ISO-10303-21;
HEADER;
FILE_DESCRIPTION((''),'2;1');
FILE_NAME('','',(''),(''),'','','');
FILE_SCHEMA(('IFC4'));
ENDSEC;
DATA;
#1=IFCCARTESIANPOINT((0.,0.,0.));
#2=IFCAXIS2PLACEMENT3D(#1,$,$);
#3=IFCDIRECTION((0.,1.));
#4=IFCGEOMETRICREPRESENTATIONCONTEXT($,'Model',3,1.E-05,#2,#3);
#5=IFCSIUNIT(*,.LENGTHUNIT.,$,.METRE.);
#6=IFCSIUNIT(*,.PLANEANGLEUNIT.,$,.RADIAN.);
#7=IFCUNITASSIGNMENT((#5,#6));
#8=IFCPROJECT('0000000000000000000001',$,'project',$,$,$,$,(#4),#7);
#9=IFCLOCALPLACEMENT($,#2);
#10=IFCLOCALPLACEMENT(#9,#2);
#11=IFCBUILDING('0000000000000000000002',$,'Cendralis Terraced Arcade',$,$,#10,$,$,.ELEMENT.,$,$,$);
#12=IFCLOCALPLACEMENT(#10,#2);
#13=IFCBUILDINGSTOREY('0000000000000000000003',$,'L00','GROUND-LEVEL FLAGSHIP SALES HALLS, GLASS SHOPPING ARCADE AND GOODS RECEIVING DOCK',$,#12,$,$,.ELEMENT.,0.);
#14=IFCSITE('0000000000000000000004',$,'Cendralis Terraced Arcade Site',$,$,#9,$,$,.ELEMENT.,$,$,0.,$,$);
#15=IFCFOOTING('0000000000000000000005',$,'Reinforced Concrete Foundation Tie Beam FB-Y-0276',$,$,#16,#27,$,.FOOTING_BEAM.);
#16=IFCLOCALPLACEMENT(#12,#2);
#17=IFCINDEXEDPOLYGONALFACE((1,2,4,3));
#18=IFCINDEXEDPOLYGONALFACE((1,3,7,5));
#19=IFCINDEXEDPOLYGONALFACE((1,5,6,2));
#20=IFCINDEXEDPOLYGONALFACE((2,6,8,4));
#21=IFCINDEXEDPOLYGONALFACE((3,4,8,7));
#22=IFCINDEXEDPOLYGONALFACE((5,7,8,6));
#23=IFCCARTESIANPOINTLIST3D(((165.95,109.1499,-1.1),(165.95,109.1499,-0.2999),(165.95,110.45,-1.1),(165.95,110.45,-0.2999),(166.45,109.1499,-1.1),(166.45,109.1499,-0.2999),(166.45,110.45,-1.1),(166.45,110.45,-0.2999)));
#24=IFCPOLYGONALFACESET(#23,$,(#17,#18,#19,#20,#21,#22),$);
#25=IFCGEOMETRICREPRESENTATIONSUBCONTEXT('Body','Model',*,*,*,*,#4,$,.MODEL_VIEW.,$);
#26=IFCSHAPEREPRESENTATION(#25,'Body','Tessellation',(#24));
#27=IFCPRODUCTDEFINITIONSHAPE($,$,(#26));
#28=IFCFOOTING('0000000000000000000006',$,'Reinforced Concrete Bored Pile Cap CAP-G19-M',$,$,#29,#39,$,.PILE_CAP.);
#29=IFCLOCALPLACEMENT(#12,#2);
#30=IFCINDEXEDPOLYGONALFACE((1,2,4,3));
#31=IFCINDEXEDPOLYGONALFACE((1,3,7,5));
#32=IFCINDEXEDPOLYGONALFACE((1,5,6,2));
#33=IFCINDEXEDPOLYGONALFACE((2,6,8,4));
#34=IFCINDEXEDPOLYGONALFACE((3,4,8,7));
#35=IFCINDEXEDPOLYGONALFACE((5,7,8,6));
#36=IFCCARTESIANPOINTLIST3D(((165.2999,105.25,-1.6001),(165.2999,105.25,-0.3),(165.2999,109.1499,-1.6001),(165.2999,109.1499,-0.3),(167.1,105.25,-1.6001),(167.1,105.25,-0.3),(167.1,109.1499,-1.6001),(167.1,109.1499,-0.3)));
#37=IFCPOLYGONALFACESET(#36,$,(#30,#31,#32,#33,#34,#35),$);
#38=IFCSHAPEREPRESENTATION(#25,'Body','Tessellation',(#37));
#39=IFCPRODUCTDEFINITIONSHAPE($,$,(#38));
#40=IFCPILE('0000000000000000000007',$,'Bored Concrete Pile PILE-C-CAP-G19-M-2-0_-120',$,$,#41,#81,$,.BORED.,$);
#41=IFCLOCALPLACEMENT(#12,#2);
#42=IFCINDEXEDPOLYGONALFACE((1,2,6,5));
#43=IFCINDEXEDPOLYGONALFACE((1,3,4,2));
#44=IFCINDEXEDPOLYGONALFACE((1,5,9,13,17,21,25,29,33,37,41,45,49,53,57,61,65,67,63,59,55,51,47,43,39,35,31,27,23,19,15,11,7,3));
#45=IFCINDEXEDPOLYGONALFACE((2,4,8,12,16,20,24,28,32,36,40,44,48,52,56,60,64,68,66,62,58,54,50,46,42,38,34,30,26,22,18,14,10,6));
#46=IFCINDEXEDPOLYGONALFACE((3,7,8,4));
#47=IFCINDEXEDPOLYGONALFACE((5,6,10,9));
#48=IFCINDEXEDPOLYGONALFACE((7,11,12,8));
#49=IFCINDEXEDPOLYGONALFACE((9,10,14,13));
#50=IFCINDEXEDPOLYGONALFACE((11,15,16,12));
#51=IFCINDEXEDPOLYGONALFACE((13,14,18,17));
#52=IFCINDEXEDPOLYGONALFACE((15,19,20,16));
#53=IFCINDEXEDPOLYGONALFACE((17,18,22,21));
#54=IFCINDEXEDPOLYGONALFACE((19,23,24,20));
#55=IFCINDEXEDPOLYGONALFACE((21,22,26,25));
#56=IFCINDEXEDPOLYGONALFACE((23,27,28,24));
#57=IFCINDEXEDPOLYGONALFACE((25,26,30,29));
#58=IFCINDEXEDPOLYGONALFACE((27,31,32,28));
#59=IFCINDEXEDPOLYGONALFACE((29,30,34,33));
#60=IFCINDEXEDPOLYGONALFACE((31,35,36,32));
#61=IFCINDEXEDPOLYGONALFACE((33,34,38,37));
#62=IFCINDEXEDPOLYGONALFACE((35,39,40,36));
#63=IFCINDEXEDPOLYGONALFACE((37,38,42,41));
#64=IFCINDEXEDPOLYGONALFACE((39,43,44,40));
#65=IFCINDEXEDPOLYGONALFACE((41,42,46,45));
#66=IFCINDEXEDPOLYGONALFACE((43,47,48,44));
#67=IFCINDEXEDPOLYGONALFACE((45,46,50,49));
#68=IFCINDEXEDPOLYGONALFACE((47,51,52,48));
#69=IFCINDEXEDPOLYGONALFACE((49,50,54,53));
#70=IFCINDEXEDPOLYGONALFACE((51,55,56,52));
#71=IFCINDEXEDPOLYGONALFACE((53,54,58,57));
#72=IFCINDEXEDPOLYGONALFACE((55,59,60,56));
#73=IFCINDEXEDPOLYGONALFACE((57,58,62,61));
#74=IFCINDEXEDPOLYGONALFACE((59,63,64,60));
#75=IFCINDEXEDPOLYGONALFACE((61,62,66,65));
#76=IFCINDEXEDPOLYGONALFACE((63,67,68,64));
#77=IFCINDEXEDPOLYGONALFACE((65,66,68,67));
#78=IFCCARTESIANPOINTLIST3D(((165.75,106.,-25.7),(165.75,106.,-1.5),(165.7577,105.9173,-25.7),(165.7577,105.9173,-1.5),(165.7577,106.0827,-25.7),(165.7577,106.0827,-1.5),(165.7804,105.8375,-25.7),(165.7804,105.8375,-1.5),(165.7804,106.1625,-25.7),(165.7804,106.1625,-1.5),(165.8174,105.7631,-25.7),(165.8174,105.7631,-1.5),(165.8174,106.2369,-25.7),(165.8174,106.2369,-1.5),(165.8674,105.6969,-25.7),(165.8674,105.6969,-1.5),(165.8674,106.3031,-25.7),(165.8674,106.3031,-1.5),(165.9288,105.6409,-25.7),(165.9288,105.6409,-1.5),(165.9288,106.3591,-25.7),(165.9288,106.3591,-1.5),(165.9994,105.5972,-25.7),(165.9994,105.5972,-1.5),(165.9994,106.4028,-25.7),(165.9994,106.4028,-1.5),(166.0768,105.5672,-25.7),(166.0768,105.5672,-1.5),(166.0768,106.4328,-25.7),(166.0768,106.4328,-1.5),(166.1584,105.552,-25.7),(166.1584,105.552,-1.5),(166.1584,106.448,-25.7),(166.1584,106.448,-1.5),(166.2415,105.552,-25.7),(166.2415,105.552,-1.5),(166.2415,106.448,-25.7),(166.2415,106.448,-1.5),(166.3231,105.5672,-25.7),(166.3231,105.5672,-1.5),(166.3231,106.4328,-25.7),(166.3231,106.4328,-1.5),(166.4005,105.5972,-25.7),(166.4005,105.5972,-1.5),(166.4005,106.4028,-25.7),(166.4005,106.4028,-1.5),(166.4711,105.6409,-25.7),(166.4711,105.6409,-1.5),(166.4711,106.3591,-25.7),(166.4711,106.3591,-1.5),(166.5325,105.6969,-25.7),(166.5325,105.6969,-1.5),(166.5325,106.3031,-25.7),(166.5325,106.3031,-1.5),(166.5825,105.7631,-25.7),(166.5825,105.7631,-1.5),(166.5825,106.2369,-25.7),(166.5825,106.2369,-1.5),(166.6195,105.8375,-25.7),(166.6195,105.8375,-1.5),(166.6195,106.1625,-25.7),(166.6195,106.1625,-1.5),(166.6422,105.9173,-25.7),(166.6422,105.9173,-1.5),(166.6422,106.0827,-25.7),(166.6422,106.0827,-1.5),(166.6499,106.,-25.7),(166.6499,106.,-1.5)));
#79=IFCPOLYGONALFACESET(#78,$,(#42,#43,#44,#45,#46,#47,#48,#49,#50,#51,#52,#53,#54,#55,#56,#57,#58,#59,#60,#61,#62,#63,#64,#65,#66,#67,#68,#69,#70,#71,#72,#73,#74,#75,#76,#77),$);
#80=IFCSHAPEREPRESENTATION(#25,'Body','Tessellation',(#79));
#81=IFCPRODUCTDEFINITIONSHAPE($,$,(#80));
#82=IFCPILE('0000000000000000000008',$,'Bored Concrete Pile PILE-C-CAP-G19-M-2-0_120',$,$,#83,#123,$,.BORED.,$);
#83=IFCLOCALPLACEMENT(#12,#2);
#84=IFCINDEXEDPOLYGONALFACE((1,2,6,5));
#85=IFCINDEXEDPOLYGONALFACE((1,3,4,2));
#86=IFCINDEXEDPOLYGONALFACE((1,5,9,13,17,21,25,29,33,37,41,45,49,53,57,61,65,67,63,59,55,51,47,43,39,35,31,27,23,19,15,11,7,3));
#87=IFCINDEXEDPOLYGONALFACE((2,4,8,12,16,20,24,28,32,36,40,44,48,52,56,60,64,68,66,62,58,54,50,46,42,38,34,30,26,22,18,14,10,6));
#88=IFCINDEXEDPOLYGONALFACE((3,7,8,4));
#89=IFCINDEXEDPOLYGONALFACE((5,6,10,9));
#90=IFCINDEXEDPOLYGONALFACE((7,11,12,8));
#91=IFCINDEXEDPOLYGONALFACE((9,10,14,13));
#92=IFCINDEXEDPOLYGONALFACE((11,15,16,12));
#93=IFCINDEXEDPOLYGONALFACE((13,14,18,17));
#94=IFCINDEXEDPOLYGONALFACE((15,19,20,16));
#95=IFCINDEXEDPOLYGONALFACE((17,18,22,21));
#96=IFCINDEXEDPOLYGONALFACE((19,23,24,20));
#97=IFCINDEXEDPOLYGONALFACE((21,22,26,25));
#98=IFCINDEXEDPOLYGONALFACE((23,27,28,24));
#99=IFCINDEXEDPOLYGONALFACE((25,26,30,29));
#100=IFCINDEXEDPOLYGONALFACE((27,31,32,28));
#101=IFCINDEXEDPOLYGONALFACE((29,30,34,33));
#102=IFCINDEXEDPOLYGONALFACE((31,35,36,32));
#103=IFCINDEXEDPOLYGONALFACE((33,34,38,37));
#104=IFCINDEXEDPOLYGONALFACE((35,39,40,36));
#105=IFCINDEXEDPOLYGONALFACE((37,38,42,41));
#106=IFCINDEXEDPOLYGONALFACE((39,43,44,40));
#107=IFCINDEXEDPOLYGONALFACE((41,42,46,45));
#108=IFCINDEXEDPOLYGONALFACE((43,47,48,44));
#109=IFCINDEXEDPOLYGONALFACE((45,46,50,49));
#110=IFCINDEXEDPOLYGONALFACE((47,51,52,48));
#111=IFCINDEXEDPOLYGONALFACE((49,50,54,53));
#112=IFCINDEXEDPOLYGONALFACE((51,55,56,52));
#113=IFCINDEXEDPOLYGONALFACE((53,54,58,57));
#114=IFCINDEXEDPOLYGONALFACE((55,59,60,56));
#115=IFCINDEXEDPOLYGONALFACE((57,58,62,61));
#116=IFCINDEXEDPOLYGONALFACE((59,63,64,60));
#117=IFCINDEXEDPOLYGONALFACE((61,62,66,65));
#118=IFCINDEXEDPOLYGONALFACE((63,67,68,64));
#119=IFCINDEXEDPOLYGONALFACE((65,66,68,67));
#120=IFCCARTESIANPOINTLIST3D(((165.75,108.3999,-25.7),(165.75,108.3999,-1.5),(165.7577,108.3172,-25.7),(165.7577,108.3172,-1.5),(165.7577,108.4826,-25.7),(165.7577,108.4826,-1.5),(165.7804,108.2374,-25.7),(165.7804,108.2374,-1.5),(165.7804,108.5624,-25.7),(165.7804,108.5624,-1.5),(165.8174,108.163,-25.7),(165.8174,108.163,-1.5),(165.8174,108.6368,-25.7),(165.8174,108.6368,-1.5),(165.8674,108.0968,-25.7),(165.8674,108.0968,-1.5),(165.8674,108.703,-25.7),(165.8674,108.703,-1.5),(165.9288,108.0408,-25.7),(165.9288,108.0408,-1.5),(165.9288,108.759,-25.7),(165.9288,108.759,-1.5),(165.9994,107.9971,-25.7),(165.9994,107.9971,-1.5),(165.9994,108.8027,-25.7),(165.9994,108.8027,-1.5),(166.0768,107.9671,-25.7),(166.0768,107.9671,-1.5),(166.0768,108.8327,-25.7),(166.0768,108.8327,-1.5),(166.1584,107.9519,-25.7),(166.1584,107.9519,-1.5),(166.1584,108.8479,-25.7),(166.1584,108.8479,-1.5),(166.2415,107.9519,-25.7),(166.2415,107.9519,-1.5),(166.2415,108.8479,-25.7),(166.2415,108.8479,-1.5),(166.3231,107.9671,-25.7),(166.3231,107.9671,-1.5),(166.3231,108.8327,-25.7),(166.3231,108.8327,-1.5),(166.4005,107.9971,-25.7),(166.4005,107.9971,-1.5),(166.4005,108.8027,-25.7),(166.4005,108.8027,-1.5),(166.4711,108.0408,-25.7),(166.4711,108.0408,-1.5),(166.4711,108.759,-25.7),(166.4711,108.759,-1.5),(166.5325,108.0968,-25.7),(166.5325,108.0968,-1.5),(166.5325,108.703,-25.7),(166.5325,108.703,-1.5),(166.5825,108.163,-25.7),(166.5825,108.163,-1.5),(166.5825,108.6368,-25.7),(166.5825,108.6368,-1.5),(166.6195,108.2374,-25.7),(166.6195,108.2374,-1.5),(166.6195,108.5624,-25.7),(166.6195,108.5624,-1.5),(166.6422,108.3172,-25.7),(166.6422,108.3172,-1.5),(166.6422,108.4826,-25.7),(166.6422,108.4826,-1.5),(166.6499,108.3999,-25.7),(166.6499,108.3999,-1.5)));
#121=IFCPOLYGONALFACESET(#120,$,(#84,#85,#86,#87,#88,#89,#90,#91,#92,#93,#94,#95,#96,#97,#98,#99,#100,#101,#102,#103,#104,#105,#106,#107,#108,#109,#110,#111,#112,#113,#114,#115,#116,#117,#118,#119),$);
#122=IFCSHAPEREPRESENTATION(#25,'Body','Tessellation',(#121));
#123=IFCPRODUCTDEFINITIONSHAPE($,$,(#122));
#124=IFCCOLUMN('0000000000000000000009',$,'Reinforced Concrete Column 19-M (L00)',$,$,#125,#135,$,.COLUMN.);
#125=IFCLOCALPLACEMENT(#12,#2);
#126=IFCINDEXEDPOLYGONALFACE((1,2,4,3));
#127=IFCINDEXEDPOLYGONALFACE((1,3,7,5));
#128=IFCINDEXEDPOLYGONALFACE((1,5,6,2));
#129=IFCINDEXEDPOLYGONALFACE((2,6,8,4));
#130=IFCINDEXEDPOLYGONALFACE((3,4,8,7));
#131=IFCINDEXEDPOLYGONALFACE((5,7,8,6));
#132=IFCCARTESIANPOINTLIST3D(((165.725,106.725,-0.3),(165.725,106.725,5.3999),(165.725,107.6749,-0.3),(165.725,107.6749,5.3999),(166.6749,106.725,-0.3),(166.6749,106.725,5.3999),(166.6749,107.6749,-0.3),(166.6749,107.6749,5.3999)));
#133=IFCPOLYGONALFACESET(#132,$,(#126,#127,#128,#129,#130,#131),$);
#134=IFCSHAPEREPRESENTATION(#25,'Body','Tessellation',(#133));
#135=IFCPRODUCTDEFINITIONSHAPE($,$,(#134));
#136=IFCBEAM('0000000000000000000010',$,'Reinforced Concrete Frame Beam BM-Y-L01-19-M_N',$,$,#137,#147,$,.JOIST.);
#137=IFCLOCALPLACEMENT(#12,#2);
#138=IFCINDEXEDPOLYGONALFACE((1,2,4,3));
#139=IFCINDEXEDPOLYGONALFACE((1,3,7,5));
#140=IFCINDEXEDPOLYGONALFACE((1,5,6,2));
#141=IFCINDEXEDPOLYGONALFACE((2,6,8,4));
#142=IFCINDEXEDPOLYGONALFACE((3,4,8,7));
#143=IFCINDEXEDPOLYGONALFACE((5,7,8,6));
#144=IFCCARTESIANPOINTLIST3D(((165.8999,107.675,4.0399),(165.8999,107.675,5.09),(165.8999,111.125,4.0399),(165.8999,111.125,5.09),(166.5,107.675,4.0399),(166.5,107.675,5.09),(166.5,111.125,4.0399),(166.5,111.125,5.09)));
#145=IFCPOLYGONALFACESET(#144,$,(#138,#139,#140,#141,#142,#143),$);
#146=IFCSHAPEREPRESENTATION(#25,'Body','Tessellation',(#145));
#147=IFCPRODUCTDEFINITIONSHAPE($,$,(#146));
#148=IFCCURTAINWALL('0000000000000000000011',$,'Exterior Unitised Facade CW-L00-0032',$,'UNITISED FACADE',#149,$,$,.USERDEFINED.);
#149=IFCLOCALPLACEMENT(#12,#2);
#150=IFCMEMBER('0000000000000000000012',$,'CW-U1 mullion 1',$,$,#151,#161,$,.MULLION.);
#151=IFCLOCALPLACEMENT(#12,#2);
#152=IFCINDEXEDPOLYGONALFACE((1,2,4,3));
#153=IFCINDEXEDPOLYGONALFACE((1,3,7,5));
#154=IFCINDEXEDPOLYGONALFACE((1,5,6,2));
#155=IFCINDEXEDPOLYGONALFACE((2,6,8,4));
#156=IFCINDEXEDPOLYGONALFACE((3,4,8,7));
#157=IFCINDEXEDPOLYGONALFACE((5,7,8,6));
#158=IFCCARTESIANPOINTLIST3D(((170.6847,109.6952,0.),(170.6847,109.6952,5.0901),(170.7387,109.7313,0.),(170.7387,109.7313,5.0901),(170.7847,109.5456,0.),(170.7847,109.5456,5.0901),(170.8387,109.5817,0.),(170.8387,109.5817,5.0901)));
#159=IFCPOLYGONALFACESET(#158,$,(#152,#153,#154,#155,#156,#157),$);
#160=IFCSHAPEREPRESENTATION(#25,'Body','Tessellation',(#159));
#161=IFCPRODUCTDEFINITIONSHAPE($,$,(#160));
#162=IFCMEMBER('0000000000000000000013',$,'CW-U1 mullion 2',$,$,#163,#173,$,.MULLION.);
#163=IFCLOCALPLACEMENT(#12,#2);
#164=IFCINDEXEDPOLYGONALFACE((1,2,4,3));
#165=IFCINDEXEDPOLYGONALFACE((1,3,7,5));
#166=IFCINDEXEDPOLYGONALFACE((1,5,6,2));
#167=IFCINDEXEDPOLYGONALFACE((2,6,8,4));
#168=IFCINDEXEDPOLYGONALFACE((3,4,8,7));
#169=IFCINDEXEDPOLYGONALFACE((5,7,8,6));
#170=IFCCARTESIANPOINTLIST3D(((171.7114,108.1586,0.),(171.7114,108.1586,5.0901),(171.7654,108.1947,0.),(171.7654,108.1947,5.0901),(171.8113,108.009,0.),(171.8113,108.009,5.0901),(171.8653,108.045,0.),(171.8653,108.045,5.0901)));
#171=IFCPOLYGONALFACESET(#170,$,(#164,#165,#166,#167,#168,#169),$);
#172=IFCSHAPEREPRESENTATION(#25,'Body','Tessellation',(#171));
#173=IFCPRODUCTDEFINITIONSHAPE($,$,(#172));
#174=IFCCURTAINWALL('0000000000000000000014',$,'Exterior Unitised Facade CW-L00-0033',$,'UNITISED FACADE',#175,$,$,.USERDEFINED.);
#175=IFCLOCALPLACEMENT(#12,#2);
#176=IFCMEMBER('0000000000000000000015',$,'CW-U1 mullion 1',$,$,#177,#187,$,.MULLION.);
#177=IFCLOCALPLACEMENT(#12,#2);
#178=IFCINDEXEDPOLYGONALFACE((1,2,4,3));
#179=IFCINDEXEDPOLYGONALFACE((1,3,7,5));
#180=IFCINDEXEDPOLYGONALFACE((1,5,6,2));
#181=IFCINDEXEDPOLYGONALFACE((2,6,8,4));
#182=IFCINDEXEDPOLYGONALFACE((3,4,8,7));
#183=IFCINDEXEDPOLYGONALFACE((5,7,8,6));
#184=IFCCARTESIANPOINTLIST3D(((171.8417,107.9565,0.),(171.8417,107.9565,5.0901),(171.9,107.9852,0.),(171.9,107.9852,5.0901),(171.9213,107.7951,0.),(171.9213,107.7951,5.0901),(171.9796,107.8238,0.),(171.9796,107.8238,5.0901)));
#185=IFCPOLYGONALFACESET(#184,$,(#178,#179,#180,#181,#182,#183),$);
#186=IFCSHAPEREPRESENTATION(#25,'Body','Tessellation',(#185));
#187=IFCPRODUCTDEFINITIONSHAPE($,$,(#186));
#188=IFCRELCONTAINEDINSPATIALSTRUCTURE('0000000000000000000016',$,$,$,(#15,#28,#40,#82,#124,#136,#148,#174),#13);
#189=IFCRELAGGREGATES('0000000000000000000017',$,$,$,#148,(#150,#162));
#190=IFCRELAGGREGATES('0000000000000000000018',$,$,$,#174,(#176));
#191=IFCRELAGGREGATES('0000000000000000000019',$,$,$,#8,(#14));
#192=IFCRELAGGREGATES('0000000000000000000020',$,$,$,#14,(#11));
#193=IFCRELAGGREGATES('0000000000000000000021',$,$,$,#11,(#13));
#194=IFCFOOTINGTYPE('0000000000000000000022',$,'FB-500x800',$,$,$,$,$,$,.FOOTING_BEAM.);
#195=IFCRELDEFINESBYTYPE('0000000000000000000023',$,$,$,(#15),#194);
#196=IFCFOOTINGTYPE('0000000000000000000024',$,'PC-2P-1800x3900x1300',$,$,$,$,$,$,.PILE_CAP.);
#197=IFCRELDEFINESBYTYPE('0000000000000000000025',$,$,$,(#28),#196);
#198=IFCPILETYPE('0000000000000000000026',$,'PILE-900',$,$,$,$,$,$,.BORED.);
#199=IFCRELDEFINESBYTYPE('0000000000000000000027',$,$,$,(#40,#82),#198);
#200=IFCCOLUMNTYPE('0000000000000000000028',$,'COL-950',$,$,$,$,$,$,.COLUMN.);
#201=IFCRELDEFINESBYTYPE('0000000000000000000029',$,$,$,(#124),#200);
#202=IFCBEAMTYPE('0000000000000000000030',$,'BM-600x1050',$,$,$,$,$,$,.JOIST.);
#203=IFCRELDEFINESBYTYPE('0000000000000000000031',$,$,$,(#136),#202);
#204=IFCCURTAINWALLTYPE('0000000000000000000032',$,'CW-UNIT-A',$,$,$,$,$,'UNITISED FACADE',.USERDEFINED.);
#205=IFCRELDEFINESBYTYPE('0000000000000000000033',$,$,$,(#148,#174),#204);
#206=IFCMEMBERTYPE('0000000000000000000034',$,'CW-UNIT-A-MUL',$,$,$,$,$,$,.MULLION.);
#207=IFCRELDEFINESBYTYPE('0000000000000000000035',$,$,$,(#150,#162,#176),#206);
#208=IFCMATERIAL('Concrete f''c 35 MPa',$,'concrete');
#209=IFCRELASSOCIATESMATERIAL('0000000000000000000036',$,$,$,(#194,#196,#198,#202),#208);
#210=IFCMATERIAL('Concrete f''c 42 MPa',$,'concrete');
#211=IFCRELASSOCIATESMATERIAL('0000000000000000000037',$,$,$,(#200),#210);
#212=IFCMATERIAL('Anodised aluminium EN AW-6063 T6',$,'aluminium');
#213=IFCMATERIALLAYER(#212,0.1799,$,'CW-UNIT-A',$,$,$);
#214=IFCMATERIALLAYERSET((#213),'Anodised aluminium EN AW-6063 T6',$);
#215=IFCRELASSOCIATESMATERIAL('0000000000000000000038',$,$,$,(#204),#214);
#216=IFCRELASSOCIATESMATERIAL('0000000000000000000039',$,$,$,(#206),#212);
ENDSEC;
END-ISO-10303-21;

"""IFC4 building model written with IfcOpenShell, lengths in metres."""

from ifc_helpers import new_model, si_unit, direction, frame, origin, origin_2d, place, context, subcontext, project, spatial, rectangle, circle, extrude, material, layer, layer_set, material_profile, profile_set, type_object, element, aggregate, save


model = new_model("IFC4")

# Units and contexts
model_context = context("Model", 3, precision=1e-05, world=origin(), true_north=direction((0.0, 1.0)))
body_context = subcontext(model_context, "Body", "Model", "MODEL_VIEW")
ifc_project = project(units=[si_unit("LENGTHUNIT", "METRE"), si_unit("PLANEANGLEUNIT", "RADIAN")], contexts=[model_context])

# Site, building, storey
site_placement = place(None, origin())
site = spatial("IfcSite", under=ifc_project, at=site_placement, Name="Cendralis Terraced Arcade Site", CompositionType="ELEMENT", RefElevation=0.0)
building_placement = place(site_placement, origin())
building = spatial("IfcBuilding", under=site, at=building_placement, Name="Cendralis Terraced Arcade", CompositionType="ELEMENT")
storey_placement = place(building_placement, origin())
storey = spatial("IfcBuildingStorey", under=building, at=storey_placement, Name="L00", Description="GROUND-LEVEL FLAGSHIP SALES HALLS, GLASS SHOPPING ARCADE AND GOODS RECEIVING DOCK", CompositionType="ELEMENT", Elevation=0.0)

# Footings
ifc_material_1 = material(Name="Concrete f'c 35 MPa", Category="concrete")
ifc_material_profile_1 = material_profile(ifc_material_1, rectangle(XDim=0.5, YDim=0.8, at=origin_2d()), Name="FB-500x800", Category="LoadBearing")
ifc_profile_set_1 = profile_set([ifc_material_profile_1], Name="Concrete f'c 35 MPa")
footing_type_1 = type_object("IfcFootingType", Name="FB-500x800", PredefinedType="FOOTING_BEAM", material=ifc_profile_set_1)
footing_1_placement = place(storey_placement, frame((166.2, 109.1499, -0.7), z_axis=(0.0, 1.0, 0.0), x_axis=(-1.0, 0.0, 0.0)))
element("IfcFooting", 1, at=footing_1_placement, inside=storey, type_object=footing_type_1, Name="Reinforced Concrete Foundation Tie Beam FB-Y-0276", PredefinedType="FOOTING_BEAM", context=body_context, shape_type="SweptSolid", body=[
    extrude(rectangle(XDim=0.5, YDim=0.8, at=origin_2d()), origin(), (0.0, 0.0, 1.0), 1.3),
])
footing_type_2 = type_object("IfcFootingType", Name="PC-2P-1800x3900x1300", PredefinedType="PILE_CAP", material=ifc_material_1)
footing_2_placement = place(storey_placement, frame((166.2, 107.2, -1.6001), z_axis=(0.0, 0.0, 1.0), x_axis=(1.0, 0.0, 0.0)))
element("IfcFooting", 2, at=footing_2_placement, inside=storey, type_object=footing_type_2, Name="Reinforced Concrete Bored Pile Cap CAP-G19-M", PredefinedType="PILE_CAP", context=body_context, shape_type="SweptSolid", body=[
    extrude(rectangle(XDim=1.8, YDim=3.8999, at=origin_2d()), origin(), (0.0, 0.0, 1.0), 1.3),
])

# Piles
ifc_material_profile_2 = material_profile(ifc_material_1, circle(Radius=0.45, at=origin_2d()), Name="PILE-D900", Category="LoadBearing")
ifc_profile_set_2 = profile_set([ifc_material_profile_2], Name="Concrete f'c 35 MPa")
pile_type = type_object("IfcPileType", Name="PILE-900", PredefinedType="BORED", material=ifc_profile_set_2)
for number, where, z_axis, x_axis, name in (
    (3, (166.2, 106.0, -1.5), (0.0, 0.0, -1.0), (1.0, 0.0, 0.0), "Bored Concrete Pile PILE-C-CAP-G19-M-2-0_-120"),
    (4, (166.2, 108.3999, -1.5), (0.0, 0.0, -1.0), (1.0, 0.0, 0.0), "Bored Concrete Pile PILE-C-CAP-G19-M-2-0_120"),
):
    element("IfcPile", number, at=place(storey_placement, frame(where, z_axis=z_axis, x_axis=x_axis)), inside=storey, type_object=pile_type, Name=name, PredefinedType="BORED", context=body_context, shape_type="SweptSolid", body=[
        extrude(circle(Radius=0.45, at=origin_2d()), origin(), (0.0, 0.0, 1.0), 24.2),
    ])

# Column
ifc_material_2 = material(Name="Concrete f'c 42 MPa", Category="concrete")
ifc_material_profile_3 = material_profile(ifc_material_2, rectangle(XDim=0.95, YDim=0.95, at=origin_2d()), Name="RC-COL-950x950", Category="LoadBearing")
ifc_profile_set_3 = profile_set([ifc_material_profile_3], Name="Concrete f'c 42 MPa")
column_type = type_object("IfcColumnType", Name="COL-950", PredefinedType="COLUMN", material=ifc_profile_set_3)
column_placement = place(storey_placement, frame((166.2, 107.2, -0.3), z_axis=(0.0, 0.0, 1.0), x_axis=(1.0, 0.0, 0.0)))
element("IfcColumn", 5, at=column_placement, inside=storey, type_object=column_type, Name="Reinforced Concrete Column 19-M (L00)", PredefinedType="COLUMN", context=body_context, shape_type="SweptSolid", body=[
    extrude(rectangle(XDim=0.95, YDim=0.95, at=origin_2d()), origin(), (0.0, 0.0, 1.0), 5.7),
])

# Beam
ifc_material_profile_4 = material_profile(ifc_material_1, rectangle(XDim=0.6001, YDim=1.05, at=origin_2d()), Name="RC-BM-600x1050", Category="LoadBearing")
ifc_profile_set_4 = profile_set([ifc_material_profile_4], Name="Concrete f'c 35 MPa")
beam_type = type_object("IfcBeamType", Name="BM-600x1050", PredefinedType="JOIST", material=ifc_profile_set_4)
beam_placement = place(storey_placement, frame((166.2, 107.675, 4.5649), z_axis=(0.0, 1.0, 0.0), x_axis=(-1.0, 0.0, 0.0)))
element("IfcBeam", 6, at=beam_placement, inside=storey, type_object=beam_type, Name="Reinforced Concrete Frame Beam BM-Y-L01-19-M_N", PredefinedType="JOIST", context=body_context, shape_type="SweptSolid", body=[
    extrude(rectangle(XDim=0.6001, YDim=1.05, at=origin_2d()), origin(), (0.0, 0.0, 1.0), 3.45),
])

# Curtain walls, members
ifc_material_3 = material(Name="Anodised aluminium EN AW-6063 T6", Category="aluminium")
ifc_layer_1 = layer(ifc_material_3, 0.1799, Name="CW-UNIT-A")
ifc_layer_set_1 = layer_set([ifc_layer_1], Name="Anodised aluminium EN AW-6063 T6")
curtain_wall_type = type_object("IfcCurtainWallType", Name="CW-UNIT-A", ElementType="UNITISED FACADE", PredefinedType="USERDEFINED", material=ifc_layer_set_1)
curtain_wall_1_placement = place(storey_placement, origin())
curtain_wall_1 = element("IfcCurtainWall", 7, at=curtain_wall_1_placement, inside=storey, type_object=curtain_wall_type, Name="Exterior Unitised Facade CW-L00-0032", ObjectType="UNITISED FACADE", PredefinedType="USERDEFINED")
ifc_material_profile_5 = material_profile(ifc_material_3, rectangle(XDim=0.0649, YDim=0.1799, at=origin_2d()), Name="ALU-MUL-65x180")
ifc_profile_set_5 = profile_set([ifc_material_profile_5], Name="Anodised aluminium EN AW-6063 T6")
member_type_1 = type_object("IfcMemberType", Name="CW-UNIT-A-MUL", PredefinedType="MULLION", material=ifc_profile_set_5)
member_1_placement = place(storey_placement, frame((170.7617, 109.6384, 0.0), z_axis=(0.0, 0.0, 1.0), x_axis=(0.831495, 0.555532, 0.0)))
member_1 = element("IfcMember", 8, at=member_1_placement, type_object=member_type_1, Name="CW-U1 mullion 1", PredefinedType="MULLION", context=body_context, shape_type="SweptSolid", body=[
    extrude(rectangle(XDim=0.0649, YDim=0.1799, at=origin_2d()), origin(), (0.0, 0.0, 1.0), 5.0901),
])
member_2_placement = place(storey_placement, frame((171.7883, 108.1018, 0.0), z_axis=(0.0, 0.0, 1.0), x_axis=(0.831495, 0.555532, 0.0)))
member_2 = element("IfcMember", 9, at=member_2_placement, type_object=member_type_1, Name="CW-U1 mullion 2", PredefinedType="MULLION", context=body_context, shape_type="SweptSolid", body=[
    extrude(rectangle(XDim=0.0649, YDim=0.1799, at=origin_2d()), origin(), (0.0, 0.0, 1.0), 5.0901),
])
curtain_wall_2_placement = place(storey_placement, origin())
curtain_wall_2 = element("IfcCurtainWall", 10, at=curtain_wall_2_placement, inside=storey, type_object=curtain_wall_type, Name="Exterior Unitised Facade CW-L00-0033", ObjectType="UNITISED FACADE", PredefinedType="USERDEFINED")
member_3_placement = place(storey_placement, frame((171.9106, 107.8901, 0.0), z_axis=(0.0, 0.0, 1.0), x_axis=(0.896871, 0.442293, 0.0)))
member_3 = element("IfcMember", 11, at=member_3_placement, type_object=member_type_1, Name="CW-U1 mullion 1", PredefinedType="MULLION", context=body_context, shape_type="SweptSolid", body=[
    extrude(rectangle(XDim=0.0649, YDim=0.1799, at=origin_2d()), origin(), (0.0, 0.0, 1.0), 5.0901),
])

aggregate(curtain_wall_1, [member_1, member_2])
aggregate(curtain_wall_2, [member_3])

save(model, "model.ifc")
